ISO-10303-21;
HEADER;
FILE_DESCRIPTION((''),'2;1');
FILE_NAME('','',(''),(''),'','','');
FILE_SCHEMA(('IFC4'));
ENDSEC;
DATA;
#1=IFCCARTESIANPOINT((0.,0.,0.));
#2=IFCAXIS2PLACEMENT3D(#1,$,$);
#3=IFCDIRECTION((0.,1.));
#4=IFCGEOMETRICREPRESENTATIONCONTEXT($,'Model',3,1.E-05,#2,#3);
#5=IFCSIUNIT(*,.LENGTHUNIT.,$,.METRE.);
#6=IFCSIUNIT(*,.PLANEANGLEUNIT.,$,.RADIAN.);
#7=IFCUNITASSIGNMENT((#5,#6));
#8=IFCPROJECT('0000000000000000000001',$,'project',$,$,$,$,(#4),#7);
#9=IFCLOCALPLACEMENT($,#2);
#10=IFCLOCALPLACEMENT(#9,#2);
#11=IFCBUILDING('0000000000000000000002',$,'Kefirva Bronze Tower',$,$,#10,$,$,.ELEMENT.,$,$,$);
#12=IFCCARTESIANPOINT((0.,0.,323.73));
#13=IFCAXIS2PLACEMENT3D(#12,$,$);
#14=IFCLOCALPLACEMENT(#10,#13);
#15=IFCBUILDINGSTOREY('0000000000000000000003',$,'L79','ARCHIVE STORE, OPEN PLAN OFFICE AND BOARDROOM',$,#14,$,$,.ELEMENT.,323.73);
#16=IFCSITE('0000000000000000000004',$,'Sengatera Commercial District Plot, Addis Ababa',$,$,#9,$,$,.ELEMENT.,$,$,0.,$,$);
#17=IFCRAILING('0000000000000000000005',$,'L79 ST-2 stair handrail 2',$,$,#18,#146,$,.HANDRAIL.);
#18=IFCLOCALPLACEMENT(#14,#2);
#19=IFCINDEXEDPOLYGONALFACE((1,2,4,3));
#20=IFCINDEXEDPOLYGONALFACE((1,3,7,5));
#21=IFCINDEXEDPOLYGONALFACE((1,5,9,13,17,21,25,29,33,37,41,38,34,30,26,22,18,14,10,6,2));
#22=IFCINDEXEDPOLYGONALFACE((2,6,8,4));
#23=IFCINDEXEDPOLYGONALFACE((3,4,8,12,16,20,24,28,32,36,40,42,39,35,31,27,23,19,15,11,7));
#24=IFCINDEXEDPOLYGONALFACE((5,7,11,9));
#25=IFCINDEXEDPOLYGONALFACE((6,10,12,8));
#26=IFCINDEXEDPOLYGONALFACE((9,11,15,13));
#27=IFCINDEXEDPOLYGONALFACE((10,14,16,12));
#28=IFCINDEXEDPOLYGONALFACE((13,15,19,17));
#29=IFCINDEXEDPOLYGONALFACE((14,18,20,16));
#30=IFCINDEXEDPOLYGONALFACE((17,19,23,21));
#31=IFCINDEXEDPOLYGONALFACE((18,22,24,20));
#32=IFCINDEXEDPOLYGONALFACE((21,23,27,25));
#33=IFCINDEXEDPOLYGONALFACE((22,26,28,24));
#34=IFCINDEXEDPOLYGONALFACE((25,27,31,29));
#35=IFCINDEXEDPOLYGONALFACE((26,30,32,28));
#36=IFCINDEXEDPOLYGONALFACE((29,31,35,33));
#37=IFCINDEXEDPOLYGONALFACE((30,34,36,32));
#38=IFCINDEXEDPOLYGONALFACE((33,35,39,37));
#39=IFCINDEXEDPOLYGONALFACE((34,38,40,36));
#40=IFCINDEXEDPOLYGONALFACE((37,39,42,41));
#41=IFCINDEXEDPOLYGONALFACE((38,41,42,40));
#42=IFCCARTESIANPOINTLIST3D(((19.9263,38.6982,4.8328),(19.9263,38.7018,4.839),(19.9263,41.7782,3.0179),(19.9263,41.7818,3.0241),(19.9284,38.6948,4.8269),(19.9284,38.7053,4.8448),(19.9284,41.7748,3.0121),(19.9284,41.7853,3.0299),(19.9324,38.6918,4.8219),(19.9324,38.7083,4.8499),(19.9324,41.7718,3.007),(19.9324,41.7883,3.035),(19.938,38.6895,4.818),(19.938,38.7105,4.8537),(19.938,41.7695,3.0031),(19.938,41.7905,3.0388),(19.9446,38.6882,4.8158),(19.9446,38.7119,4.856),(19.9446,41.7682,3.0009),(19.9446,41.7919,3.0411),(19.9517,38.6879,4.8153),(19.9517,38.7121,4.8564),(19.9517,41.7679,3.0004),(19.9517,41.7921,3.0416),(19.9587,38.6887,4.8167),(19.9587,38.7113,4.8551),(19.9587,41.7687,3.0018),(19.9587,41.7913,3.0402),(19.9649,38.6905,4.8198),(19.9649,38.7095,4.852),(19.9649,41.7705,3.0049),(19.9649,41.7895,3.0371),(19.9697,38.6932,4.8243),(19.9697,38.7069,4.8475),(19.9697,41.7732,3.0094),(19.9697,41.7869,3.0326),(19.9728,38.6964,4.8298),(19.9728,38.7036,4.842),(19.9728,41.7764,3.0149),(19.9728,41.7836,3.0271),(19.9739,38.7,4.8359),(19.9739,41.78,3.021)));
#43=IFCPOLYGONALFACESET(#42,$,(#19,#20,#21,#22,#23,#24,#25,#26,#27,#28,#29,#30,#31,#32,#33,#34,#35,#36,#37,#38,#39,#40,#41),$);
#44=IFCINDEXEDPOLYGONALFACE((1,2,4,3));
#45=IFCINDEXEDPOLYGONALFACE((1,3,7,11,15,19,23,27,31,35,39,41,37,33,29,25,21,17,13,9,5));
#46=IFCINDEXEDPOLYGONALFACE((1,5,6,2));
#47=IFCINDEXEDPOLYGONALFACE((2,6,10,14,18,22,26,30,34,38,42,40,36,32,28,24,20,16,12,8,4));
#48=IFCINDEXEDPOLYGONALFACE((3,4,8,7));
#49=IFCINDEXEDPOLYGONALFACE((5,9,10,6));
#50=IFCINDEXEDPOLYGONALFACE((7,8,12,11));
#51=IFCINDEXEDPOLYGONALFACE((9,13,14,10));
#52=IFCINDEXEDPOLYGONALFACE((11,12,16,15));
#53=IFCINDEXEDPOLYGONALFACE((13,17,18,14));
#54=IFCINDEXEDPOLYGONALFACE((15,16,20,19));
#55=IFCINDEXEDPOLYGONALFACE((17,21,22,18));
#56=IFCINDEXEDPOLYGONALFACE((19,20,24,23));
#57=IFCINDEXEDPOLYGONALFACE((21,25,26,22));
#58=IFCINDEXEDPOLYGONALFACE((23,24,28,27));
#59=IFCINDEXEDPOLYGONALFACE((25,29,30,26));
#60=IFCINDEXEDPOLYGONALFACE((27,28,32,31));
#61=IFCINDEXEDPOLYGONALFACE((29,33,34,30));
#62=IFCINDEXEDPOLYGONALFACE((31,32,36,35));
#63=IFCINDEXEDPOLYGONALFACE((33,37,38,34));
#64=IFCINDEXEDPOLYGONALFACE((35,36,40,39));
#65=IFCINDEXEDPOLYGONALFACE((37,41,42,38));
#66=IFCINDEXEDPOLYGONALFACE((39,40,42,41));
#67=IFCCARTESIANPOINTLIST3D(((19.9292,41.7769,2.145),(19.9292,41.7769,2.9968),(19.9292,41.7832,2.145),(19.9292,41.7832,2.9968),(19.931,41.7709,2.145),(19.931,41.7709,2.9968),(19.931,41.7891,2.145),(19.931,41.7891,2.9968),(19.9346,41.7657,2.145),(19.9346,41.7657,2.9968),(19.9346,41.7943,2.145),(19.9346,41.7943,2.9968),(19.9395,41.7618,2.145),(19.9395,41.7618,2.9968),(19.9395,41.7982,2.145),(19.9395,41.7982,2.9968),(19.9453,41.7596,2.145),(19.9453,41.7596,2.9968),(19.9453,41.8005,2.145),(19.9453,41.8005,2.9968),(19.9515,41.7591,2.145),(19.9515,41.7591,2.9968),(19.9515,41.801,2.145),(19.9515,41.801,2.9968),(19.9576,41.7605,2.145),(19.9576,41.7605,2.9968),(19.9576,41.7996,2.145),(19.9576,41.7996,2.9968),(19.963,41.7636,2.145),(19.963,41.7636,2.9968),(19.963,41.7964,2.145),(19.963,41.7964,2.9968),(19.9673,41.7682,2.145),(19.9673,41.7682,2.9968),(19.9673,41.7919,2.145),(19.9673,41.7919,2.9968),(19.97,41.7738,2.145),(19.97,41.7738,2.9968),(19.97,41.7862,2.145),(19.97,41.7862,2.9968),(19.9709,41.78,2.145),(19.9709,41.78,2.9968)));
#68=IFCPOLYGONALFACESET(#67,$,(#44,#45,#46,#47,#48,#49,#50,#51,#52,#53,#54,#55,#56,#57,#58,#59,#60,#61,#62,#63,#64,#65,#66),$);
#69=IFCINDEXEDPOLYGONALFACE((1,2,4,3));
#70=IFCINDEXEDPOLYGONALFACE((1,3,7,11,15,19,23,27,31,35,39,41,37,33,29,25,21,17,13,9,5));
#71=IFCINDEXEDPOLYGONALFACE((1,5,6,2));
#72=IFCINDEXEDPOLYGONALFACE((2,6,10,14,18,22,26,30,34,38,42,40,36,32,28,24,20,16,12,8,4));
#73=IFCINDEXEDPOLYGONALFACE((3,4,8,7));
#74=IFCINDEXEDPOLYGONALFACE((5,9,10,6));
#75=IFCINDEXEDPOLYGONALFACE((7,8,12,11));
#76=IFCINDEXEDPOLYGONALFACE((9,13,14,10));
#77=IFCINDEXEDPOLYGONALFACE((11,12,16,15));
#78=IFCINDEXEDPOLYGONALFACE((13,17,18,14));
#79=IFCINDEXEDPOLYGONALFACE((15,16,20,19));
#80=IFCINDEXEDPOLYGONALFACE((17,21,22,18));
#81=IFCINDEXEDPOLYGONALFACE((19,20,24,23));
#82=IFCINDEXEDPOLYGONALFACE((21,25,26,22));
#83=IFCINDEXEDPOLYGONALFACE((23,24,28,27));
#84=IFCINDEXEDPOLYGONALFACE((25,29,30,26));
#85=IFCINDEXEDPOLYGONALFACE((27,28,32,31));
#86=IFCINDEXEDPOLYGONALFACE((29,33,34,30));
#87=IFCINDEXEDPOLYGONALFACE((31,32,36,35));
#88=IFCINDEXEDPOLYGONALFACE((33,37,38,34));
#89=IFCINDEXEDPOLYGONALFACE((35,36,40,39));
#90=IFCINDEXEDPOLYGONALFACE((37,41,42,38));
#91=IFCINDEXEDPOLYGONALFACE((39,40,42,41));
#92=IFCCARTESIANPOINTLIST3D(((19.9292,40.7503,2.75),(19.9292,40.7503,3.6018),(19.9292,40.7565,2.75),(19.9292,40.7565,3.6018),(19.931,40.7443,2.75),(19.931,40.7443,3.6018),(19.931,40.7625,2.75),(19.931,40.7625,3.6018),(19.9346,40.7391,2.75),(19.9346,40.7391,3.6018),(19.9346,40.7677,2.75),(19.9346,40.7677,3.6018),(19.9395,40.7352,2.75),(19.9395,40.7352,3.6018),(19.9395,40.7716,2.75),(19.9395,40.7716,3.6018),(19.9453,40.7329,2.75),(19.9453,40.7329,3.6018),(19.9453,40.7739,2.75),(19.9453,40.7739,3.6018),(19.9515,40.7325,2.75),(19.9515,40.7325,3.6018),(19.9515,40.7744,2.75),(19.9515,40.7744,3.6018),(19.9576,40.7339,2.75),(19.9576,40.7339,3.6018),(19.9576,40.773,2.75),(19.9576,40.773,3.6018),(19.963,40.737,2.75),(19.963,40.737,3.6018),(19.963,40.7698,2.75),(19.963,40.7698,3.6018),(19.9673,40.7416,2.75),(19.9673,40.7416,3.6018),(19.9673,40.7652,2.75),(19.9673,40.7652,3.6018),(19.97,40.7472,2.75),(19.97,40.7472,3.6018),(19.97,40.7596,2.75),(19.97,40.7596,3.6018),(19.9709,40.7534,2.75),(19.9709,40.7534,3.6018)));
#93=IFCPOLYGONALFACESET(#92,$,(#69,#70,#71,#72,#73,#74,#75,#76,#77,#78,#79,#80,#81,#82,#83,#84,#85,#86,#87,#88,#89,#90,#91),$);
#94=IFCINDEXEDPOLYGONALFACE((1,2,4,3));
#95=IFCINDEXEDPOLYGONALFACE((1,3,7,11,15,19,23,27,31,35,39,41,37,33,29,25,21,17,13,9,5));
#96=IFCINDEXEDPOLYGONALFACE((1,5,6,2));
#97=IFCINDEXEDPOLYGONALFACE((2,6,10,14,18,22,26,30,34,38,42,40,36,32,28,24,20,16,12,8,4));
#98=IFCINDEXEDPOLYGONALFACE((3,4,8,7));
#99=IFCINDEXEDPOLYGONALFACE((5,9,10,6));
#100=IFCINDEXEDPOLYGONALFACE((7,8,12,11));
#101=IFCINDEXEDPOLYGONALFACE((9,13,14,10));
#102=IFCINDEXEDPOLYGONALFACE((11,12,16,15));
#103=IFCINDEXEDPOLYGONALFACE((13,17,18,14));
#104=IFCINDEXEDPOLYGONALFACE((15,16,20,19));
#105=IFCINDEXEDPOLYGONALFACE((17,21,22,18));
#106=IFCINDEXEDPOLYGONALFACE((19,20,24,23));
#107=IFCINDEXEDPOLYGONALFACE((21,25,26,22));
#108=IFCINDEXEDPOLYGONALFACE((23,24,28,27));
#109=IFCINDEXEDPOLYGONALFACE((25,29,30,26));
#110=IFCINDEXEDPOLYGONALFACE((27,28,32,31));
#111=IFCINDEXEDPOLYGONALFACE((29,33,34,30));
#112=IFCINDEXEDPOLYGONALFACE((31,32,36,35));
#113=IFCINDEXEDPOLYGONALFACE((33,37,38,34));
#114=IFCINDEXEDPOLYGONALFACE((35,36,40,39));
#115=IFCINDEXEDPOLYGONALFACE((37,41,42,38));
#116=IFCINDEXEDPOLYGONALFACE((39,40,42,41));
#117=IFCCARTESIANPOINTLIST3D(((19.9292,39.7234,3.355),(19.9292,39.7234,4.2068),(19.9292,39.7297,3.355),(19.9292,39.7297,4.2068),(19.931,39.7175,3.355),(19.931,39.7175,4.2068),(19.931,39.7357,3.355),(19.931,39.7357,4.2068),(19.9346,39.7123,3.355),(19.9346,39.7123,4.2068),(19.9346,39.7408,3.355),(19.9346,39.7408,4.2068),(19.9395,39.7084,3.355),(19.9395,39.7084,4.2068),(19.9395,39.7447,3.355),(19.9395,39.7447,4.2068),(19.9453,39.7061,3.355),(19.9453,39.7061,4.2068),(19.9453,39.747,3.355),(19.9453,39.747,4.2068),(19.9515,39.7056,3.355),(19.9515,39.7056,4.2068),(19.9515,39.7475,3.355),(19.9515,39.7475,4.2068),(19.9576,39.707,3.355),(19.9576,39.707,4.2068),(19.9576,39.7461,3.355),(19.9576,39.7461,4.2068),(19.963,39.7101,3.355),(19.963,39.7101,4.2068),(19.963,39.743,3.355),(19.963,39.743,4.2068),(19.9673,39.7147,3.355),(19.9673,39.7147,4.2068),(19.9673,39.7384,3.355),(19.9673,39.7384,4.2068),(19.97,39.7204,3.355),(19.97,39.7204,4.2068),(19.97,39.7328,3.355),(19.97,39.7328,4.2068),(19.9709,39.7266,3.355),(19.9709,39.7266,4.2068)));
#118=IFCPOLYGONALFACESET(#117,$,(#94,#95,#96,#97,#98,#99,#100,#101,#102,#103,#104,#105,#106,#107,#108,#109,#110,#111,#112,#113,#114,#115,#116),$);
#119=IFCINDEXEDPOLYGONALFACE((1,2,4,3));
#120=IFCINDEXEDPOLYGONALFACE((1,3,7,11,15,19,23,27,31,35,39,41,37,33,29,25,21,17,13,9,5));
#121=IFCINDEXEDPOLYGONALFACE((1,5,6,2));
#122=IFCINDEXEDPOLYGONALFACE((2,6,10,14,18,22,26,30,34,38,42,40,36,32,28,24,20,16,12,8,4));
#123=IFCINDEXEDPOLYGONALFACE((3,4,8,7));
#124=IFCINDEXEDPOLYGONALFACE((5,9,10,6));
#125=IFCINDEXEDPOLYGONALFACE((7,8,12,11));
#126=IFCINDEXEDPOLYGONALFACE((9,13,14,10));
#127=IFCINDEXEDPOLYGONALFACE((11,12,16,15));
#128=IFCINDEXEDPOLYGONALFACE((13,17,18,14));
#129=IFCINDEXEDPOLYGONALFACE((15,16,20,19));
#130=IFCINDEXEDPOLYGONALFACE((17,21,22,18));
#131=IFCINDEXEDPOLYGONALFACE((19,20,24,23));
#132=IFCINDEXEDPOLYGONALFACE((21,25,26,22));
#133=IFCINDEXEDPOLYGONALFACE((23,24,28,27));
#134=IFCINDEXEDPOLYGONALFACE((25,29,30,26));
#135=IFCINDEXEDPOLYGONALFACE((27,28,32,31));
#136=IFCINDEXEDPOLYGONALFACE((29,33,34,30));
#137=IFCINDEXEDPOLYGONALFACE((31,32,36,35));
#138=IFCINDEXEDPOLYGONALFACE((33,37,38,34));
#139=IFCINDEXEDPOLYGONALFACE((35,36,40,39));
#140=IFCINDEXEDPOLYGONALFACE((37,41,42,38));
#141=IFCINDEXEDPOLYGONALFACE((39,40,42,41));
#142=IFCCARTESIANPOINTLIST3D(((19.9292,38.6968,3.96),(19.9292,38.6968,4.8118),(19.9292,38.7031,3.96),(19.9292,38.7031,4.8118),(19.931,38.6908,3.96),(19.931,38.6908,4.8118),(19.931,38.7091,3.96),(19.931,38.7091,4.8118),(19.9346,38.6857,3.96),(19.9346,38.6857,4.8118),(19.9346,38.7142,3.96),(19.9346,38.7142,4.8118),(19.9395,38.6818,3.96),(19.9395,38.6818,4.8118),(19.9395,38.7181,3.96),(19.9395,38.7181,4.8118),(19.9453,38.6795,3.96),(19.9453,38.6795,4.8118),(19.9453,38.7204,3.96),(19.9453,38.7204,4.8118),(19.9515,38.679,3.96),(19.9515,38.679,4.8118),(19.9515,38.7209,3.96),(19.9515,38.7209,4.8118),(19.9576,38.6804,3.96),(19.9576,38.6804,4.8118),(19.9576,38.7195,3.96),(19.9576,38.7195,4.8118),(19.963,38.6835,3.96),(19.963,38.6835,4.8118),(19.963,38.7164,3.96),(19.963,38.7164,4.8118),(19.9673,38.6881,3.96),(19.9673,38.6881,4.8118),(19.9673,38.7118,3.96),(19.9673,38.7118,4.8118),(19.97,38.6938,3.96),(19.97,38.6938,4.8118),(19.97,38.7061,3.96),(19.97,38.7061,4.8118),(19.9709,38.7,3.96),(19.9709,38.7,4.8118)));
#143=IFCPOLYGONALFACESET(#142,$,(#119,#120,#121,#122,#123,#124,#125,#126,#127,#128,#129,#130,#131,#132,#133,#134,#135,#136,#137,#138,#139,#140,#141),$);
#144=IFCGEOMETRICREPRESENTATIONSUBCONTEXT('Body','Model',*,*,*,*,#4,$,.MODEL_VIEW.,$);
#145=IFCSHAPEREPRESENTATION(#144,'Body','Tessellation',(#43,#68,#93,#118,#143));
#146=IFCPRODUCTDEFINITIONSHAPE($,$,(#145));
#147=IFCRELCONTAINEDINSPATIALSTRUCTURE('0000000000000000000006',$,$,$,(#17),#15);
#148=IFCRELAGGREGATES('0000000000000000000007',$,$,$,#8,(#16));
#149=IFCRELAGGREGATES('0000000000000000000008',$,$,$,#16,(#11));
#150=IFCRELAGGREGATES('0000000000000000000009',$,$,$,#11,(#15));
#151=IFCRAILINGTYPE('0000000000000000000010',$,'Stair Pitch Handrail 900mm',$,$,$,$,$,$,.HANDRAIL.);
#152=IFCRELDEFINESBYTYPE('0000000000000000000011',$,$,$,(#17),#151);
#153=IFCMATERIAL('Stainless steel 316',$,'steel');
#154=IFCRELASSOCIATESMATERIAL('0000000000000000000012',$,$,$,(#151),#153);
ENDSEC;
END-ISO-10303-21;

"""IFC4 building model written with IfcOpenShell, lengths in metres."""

from ifc_helpers import new_model, si_unit, direction, frame, origin, origin_2d, place, context, subcontext, project, spatial, circle, extrude, material, type_object, element, save


model = new_model("IFC4")

# Units and contexts
model_context = context("Model", 3, precision=1e-05, world=origin(), true_north=direction((0.0, 1.0)))
body_context = subcontext(model_context, "Body", "Model", "MODEL_VIEW")
ifc_project = project(units=[si_unit("LENGTHUNIT", "METRE"), si_unit("PLANEANGLEUNIT", "RADIAN")], contexts=[model_context])

# Site, building, storey
site_placement = place(None, origin())
site = spatial("IfcSite", under=ifc_project, at=site_placement, Name="Sengatera Commercial District Plot, Addis Ababa", CompositionType="ELEMENT", RefElevation=0.0)
building_placement = place(site_placement, origin())
building = spatial("IfcBuilding", under=site, at=building_placement, Name="Kefirva Bronze Tower", CompositionType="ELEMENT")
storey_placement = place(building_placement, frame((0.0, 0.0, 323.73)))
storey = spatial("IfcBuildingStorey", under=building, at=storey_placement, Name="L79", Description="ARCHIVE STORE, OPEN PLAN OFFICE AND BOARDROOM", CompositionType="ELEMENT", Elevation=323.73)

# Shared definitions
ifc_material_1 = material(Name="Stainless steel 316", Category="steel")

# Railing
railing_type_1 = type_object("IfcRailingType", Name="Stair Pitch Handrail 900mm", PredefinedType="HANDRAIL", material=ifc_material_1)
railing_1_placement = place(storey_placement, frame((19.95, 41.78, 2.145)))
element("IfcRailing", 1, at=railing_1_placement, inside=storey, type_object=railing_type_1, Name="L79 ST-2 stair handrail 2", PredefinedType="HANDRAIL", context=body_context, shape_type="SweptSolid", body=[
    extrude(circle(Radius=0.0239, at=origin_2d()), frame((0.0, 0.0, 0.876), z_axis=(0.0, -0.861551, 0.507671), x_axis=(1.0, 0.0, 0.0)), (0.0, 0.0, 1.0), 3.575),
    extrude(circle(Radius=0.021, at=origin_2d()), origin(), (0.0, 0.0, 1.0), 0.8518),
    extrude(circle(Radius=0.021, at=origin_2d()), frame((0.0, -1.0266, 0.605)), (0.0, 0.0, 1.0), 0.8518),
    extrude(circle(Radius=0.021, at=origin_2d()), frame((0.0, -2.0535, 1.21)), (0.0, 0.0, 1.0), 0.8518),
    extrude(circle(Radius=0.021, at=origin_2d()), frame((0.0, -3.0801, 1.8149)), (0.0, 0.0, 1.0), 0.8518),
])

save(model, "model.ifc")
